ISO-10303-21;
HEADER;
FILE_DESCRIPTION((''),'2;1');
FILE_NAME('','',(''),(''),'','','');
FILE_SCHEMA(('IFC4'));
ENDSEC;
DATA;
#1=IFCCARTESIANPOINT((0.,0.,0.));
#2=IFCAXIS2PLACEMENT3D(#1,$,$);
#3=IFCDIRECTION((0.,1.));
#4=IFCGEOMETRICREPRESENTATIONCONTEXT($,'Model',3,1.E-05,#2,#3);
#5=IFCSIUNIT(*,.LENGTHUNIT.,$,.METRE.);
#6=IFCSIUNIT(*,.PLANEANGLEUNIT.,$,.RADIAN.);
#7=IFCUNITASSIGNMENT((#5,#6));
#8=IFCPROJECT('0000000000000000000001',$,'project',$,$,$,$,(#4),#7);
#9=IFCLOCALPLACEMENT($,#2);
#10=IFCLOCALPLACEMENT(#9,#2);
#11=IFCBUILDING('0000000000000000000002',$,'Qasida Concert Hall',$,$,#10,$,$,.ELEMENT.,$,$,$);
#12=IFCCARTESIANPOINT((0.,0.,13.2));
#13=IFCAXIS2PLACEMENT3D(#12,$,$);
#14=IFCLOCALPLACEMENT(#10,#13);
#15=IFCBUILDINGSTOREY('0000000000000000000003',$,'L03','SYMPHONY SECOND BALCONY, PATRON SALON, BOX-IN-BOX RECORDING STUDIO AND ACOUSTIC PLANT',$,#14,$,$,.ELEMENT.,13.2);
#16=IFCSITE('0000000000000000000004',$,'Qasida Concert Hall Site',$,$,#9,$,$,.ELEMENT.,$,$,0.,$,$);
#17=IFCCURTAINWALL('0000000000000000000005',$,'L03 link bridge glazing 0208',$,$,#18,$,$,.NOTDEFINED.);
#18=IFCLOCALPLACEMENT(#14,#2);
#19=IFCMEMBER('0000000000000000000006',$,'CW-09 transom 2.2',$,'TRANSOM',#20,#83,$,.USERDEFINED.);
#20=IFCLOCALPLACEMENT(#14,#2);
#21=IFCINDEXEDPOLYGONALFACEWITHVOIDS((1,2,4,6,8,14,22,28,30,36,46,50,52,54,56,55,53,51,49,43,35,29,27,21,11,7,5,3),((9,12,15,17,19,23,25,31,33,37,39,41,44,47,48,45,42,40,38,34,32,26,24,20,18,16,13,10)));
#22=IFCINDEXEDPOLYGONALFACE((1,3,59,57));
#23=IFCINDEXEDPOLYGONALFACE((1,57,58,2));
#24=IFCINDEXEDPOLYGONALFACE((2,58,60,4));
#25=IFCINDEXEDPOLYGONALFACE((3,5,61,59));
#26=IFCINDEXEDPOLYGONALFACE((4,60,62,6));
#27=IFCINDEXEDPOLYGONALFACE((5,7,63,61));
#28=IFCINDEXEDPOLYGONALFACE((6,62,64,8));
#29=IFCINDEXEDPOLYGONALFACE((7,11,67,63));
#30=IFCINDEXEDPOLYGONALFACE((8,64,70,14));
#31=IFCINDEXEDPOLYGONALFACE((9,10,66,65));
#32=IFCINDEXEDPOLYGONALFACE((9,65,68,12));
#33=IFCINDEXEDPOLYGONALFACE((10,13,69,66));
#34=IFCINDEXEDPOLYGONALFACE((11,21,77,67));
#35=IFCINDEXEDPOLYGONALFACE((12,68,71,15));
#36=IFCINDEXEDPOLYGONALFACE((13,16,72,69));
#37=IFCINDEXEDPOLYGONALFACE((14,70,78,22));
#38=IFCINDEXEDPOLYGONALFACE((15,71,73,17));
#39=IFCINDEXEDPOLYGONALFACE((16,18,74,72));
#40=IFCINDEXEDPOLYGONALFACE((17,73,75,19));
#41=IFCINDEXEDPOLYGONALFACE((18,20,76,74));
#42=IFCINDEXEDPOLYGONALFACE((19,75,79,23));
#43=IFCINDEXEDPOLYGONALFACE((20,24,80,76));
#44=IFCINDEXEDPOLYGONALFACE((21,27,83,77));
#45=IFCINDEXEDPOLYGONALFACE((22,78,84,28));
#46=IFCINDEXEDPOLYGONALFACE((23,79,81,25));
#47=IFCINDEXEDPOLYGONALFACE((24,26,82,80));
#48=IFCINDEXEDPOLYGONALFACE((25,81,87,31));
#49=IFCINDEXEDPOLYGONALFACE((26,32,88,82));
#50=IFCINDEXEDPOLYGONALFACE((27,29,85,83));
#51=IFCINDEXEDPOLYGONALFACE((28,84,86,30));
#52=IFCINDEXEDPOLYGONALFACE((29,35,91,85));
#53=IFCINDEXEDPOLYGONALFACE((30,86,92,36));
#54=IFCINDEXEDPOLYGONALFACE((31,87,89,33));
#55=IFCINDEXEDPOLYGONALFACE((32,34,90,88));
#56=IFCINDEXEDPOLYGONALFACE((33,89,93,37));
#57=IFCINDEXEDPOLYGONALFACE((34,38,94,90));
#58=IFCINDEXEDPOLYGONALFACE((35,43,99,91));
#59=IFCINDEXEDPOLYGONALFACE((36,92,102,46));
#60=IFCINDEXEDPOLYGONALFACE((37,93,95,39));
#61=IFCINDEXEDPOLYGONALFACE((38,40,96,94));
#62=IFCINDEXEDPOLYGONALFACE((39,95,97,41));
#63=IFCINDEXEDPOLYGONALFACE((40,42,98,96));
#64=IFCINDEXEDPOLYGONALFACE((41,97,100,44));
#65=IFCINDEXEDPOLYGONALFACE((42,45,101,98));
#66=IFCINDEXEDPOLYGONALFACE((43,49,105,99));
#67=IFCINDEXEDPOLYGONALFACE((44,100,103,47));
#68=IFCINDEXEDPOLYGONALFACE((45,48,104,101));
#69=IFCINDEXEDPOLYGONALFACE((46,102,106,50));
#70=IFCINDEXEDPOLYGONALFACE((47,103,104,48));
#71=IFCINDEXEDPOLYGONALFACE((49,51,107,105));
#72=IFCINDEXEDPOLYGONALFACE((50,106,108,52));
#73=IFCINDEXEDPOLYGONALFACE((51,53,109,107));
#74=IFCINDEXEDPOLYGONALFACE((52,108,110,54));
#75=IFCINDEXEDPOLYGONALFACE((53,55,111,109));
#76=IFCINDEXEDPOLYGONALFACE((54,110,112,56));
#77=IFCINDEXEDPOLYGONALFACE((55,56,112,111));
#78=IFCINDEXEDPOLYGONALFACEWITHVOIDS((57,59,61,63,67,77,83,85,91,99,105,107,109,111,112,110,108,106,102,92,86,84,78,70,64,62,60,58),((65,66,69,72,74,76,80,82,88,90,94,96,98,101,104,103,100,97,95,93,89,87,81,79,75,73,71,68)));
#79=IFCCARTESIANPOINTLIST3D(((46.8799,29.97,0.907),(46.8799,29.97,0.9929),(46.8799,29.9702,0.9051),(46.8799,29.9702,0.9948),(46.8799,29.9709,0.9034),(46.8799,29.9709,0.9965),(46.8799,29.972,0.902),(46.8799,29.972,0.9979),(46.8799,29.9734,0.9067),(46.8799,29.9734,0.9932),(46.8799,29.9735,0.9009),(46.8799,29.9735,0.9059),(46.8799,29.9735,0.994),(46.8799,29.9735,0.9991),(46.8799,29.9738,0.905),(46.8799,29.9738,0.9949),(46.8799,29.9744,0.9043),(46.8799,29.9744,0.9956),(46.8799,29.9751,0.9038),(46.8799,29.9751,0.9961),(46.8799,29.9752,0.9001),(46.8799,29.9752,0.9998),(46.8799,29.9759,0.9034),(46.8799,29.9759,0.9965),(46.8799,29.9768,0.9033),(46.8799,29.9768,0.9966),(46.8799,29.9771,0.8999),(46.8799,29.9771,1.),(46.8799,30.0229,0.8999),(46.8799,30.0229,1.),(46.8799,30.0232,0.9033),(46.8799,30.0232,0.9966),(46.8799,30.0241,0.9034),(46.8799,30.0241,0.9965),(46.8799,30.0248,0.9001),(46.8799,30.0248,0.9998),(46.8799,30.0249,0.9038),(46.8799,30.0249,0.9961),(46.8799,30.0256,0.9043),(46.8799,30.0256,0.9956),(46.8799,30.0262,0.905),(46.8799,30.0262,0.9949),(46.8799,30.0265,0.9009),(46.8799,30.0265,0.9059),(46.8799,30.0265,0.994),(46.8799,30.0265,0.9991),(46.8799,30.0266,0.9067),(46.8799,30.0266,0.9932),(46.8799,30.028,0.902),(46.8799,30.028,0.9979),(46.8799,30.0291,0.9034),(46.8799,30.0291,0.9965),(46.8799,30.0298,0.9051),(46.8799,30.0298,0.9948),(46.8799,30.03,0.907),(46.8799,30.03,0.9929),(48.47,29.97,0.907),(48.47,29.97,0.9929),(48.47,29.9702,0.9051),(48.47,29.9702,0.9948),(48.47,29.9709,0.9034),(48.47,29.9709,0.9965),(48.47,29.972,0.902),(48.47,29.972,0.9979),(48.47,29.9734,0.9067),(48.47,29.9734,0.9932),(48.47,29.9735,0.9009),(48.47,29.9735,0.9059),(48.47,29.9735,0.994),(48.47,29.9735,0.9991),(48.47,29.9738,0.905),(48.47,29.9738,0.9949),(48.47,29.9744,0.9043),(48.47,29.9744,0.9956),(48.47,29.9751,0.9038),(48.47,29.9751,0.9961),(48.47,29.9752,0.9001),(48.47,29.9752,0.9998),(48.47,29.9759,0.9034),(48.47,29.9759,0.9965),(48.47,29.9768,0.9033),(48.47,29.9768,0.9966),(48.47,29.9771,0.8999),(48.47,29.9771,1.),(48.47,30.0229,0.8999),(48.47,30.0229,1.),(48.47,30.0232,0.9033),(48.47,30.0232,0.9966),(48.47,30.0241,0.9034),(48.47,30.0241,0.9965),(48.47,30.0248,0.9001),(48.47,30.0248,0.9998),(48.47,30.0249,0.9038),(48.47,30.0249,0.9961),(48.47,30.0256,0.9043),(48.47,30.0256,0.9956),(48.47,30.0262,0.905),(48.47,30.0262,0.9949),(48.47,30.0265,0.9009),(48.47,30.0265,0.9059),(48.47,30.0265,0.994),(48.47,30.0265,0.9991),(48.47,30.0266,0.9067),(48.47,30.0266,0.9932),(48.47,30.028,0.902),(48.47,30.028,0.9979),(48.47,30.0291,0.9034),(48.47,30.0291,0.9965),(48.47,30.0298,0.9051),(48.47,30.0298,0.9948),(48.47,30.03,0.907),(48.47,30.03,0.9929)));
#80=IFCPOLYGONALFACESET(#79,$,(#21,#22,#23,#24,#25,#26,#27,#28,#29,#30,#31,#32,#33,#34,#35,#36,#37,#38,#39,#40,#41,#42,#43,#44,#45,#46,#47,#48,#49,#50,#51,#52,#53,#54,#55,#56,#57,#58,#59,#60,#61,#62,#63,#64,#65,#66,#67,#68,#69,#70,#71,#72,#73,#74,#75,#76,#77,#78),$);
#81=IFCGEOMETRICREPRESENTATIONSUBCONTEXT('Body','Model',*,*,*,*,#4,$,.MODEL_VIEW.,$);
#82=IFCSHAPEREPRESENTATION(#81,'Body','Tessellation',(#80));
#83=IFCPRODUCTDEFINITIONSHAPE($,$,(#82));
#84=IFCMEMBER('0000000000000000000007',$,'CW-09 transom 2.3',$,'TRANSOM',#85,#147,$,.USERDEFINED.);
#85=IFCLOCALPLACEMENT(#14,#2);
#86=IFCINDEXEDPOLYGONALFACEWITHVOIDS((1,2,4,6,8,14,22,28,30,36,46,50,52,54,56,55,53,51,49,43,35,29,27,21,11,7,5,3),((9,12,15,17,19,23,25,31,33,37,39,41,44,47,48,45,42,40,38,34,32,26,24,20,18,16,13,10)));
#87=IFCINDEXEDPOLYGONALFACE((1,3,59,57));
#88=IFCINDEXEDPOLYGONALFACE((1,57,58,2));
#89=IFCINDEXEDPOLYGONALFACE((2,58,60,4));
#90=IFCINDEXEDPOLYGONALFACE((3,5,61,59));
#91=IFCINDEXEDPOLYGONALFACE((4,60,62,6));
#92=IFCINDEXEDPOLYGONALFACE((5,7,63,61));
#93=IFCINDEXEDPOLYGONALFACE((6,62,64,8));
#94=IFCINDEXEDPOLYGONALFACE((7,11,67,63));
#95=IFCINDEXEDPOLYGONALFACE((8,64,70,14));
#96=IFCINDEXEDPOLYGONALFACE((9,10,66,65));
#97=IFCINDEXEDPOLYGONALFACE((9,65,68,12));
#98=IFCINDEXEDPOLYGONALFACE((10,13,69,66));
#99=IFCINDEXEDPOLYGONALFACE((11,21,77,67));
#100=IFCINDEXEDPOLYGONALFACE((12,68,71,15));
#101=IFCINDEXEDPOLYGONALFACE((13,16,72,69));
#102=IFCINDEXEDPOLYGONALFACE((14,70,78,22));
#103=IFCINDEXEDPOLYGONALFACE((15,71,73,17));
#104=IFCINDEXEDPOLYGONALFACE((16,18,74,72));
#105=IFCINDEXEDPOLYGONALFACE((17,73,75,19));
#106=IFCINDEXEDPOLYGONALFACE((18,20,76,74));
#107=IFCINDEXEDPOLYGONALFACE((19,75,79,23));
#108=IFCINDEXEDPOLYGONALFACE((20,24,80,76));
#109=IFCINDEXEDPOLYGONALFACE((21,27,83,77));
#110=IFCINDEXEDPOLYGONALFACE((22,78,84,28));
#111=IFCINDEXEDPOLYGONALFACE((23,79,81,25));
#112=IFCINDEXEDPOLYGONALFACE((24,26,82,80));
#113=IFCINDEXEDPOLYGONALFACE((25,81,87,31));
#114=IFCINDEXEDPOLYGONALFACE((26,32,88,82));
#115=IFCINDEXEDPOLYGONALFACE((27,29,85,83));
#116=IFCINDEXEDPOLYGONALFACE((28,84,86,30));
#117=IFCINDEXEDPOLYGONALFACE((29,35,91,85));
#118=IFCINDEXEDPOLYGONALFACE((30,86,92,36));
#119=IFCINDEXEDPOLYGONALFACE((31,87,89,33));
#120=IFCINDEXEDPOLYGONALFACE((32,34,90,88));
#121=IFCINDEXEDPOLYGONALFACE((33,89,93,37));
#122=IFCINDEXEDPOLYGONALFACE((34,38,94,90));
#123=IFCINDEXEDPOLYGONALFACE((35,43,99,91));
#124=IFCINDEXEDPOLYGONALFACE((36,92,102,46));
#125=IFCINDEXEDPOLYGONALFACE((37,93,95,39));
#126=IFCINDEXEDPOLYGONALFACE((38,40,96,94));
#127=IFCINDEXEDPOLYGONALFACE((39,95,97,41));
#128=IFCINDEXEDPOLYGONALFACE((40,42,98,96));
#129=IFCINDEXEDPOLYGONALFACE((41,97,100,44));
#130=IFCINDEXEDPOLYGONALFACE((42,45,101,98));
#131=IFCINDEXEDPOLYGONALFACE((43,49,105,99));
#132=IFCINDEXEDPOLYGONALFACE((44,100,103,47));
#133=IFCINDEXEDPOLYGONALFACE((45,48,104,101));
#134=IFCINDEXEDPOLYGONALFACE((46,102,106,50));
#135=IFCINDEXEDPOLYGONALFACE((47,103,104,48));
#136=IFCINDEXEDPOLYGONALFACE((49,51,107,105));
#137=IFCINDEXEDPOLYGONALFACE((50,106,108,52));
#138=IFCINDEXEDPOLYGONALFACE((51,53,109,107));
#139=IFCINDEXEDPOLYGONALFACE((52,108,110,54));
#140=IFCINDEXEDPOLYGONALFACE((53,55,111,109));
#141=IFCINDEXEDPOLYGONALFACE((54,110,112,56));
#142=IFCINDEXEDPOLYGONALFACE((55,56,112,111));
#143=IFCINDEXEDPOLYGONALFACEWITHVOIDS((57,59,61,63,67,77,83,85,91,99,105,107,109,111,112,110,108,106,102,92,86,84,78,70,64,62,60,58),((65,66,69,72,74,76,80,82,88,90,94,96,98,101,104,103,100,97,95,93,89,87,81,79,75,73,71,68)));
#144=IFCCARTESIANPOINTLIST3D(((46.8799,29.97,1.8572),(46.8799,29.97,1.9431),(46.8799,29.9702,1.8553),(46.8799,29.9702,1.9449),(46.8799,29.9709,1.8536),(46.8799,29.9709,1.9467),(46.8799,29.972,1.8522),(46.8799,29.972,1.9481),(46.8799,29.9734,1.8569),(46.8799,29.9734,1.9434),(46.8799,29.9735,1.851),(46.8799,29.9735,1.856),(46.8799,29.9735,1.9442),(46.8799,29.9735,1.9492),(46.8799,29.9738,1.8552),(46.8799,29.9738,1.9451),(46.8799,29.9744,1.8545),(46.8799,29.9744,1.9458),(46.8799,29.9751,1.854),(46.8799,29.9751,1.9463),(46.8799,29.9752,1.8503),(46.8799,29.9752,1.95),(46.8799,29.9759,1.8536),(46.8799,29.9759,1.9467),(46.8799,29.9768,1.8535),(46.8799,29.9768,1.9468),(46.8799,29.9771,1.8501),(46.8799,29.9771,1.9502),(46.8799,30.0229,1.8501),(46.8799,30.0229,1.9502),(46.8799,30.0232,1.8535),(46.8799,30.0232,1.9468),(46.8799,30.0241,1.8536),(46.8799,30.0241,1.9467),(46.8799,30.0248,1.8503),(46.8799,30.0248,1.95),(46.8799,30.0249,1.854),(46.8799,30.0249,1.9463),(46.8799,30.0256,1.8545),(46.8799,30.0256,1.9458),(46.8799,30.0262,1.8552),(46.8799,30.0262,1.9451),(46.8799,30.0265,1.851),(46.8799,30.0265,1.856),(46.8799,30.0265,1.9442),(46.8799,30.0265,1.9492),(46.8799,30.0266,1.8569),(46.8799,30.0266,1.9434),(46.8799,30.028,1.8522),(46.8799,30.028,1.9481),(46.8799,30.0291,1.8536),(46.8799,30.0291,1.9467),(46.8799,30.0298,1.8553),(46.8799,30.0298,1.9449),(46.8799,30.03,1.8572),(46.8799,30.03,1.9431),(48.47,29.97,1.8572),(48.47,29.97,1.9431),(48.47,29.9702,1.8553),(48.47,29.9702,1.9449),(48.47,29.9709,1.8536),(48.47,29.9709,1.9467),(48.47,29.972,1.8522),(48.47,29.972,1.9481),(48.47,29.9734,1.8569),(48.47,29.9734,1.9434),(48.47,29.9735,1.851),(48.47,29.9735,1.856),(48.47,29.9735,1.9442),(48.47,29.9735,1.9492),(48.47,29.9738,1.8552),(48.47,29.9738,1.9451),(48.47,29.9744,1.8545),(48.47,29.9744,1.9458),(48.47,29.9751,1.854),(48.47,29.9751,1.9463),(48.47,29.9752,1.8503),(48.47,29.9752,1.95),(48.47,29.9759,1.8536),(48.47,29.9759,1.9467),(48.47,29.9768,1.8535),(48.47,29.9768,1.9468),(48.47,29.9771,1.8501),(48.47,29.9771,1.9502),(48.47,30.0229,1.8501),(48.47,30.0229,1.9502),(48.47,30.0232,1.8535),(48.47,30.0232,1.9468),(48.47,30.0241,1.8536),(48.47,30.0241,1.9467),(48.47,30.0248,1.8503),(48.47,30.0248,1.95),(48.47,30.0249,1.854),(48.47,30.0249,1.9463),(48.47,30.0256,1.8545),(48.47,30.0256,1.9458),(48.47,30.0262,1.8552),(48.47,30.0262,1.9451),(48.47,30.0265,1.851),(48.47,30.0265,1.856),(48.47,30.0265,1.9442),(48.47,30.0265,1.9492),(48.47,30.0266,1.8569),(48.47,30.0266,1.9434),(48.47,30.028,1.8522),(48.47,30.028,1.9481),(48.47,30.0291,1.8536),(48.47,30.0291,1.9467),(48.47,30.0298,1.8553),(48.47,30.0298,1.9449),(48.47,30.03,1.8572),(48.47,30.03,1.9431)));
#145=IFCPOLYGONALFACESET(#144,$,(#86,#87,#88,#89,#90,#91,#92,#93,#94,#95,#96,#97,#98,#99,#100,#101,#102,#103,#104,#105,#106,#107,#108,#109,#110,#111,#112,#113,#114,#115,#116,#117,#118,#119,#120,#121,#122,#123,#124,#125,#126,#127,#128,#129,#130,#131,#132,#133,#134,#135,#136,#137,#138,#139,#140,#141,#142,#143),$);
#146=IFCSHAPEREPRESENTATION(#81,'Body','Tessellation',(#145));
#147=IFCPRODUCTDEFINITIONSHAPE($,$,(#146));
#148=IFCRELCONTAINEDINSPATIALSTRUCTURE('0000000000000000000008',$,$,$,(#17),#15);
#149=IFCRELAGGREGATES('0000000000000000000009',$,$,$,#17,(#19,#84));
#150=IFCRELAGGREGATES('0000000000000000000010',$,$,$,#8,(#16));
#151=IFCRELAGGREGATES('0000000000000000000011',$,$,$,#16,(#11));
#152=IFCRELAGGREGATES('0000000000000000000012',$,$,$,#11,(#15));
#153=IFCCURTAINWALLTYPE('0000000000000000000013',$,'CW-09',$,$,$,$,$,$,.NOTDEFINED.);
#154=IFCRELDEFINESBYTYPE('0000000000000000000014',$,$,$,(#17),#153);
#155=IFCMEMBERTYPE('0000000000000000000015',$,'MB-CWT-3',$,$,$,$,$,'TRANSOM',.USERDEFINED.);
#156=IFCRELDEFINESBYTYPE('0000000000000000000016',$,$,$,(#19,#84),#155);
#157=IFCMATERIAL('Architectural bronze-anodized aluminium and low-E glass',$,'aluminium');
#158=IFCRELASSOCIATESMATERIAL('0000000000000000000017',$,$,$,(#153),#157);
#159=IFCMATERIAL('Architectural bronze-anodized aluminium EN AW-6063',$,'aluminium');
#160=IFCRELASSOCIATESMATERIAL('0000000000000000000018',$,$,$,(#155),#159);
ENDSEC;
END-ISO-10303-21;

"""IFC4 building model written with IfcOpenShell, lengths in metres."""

from ifc_helpers import new_model, si_unit, direction, frame, origin, origin_2d, place, context, subcontext, project, spatial, hollow_rectangle, extrude, material, material_profile, profile_set, type_object, element, aggregate, save


model = new_model("IFC4")

# Units and contexts
model_context = context("Model", 3, precision=1e-05, world=origin(), true_north=direction((0.0, 1.0)))
body_context = subcontext(model_context, "Body", "Model", "MODEL_VIEW")
ifc_project = project(units=[si_unit("LENGTHUNIT", "METRE"), si_unit("PLANEANGLEUNIT", "RADIAN")], contexts=[model_context])

# Site, building, storey
site_placement = place(None, origin())
site = spatial("IfcSite", under=ifc_project, at=site_placement, Name="Qasida Concert Hall Site", CompositionType="ELEMENT", RefElevation=0.0)
building_placement = place(site_placement, origin())
building = spatial("IfcBuilding", under=site, at=building_placement, Name="Qasida Concert Hall", CompositionType="ELEMENT")
storey_placement = place(building_placement, frame((0.0, 0.0, 13.2)))
storey = spatial("IfcBuildingStorey", under=building, at=storey_placement, Name="L03", Description="SYMPHONY SECOND BALCONY, PATRON SALON, BOX-IN-BOX RECORDING STUDIO AND ACOUSTIC PLANT", CompositionType="ELEMENT", Elevation=13.2)

# Curtain wall
ifc_material_1 = material(Name="Architectural bronze-anodized aluminium and low-E glass", Category="aluminium")
curtain_wall_type = type_object("IfcCurtainWallType", Name="CW-09", PredefinedType="NOTDEFINED", material=ifc_material_1)
ifc_material_2 = material(Name="Architectural bronze-anodized aluminium EN AW-6063", Category="aluminium")
curtain_wall_1_placement = place(storey_placement, origin())
curtain_wall_1 = element("IfcCurtainWall", 1, at=curtain_wall_1_placement, inside=storey, type_object=curtain_wall_type, Name="L03 link bridge glazing 0208", PredefinedType="NOTDEFINED")

# Members
ifc_material_profile_1 = material_profile(ifc_material_2, hollow_rectangle(XDim=0.0601, YDim=0.1001, WallThickness=0.0034, InnerFilletRadius=0.0034, OuterFilletRadius=0.0071, at=origin_2d()), Name="CWT 100x60x3.5")
ifc_profile_set_1 = profile_set([ifc_material_profile_1], Name="Architectural bronze-anodized aluminium EN AW-6063")
member_type_1 = type_object("IfcMemberType", Name="MB-CWT-3", ElementType="TRANSOM", PredefinedType="USERDEFINED", material=ifc_profile_set_1)
member_1_placement = place(storey_placement, frame((46.8799, 30.0, 0.95), z_axis=(1.0, 0.0, 0.0), x_axis=(0.0, 1.0, 0.0)))
member_1 = element("IfcMember", 2, at=member_1_placement, type_object=member_type_1, Name="CW-09 transom 2.2", ObjectType="TRANSOM", PredefinedType="USERDEFINED", context=body_context, shape_type="SweptSolid", body=[
    extrude(hollow_rectangle(XDim=0.0601, YDim=0.1001, WallThickness=0.0034, InnerFilletRadius=0.0034, OuterFilletRadius=0.0071, at=origin_2d()), origin(), (0.0, 0.0, 1.0), 1.5901),
])
member_2_placement = place(storey_placement, frame((46.8799, 30.0, 1.9001), z_axis=(1.0, 0.0, 0.0), x_axis=(0.0, 1.0, 0.0)))
member_2 = element("IfcMember", 3, at=member_2_placement, type_object=member_type_1, Name="CW-09 transom 2.3", ObjectType="TRANSOM", PredefinedType="USERDEFINED", context=body_context, shape_type="SweptSolid", body=[
    extrude(hollow_rectangle(XDim=0.0601, YDim=0.1001, WallThickness=0.0034, InnerFilletRadius=0.0034, OuterFilletRadius=0.0071, at=origin_2d()), origin(), (0.0, 0.0, 1.0), 1.5901),
])

aggregate(curtain_wall_1, [member_1, member_2])

save(model, "model.ifc")
